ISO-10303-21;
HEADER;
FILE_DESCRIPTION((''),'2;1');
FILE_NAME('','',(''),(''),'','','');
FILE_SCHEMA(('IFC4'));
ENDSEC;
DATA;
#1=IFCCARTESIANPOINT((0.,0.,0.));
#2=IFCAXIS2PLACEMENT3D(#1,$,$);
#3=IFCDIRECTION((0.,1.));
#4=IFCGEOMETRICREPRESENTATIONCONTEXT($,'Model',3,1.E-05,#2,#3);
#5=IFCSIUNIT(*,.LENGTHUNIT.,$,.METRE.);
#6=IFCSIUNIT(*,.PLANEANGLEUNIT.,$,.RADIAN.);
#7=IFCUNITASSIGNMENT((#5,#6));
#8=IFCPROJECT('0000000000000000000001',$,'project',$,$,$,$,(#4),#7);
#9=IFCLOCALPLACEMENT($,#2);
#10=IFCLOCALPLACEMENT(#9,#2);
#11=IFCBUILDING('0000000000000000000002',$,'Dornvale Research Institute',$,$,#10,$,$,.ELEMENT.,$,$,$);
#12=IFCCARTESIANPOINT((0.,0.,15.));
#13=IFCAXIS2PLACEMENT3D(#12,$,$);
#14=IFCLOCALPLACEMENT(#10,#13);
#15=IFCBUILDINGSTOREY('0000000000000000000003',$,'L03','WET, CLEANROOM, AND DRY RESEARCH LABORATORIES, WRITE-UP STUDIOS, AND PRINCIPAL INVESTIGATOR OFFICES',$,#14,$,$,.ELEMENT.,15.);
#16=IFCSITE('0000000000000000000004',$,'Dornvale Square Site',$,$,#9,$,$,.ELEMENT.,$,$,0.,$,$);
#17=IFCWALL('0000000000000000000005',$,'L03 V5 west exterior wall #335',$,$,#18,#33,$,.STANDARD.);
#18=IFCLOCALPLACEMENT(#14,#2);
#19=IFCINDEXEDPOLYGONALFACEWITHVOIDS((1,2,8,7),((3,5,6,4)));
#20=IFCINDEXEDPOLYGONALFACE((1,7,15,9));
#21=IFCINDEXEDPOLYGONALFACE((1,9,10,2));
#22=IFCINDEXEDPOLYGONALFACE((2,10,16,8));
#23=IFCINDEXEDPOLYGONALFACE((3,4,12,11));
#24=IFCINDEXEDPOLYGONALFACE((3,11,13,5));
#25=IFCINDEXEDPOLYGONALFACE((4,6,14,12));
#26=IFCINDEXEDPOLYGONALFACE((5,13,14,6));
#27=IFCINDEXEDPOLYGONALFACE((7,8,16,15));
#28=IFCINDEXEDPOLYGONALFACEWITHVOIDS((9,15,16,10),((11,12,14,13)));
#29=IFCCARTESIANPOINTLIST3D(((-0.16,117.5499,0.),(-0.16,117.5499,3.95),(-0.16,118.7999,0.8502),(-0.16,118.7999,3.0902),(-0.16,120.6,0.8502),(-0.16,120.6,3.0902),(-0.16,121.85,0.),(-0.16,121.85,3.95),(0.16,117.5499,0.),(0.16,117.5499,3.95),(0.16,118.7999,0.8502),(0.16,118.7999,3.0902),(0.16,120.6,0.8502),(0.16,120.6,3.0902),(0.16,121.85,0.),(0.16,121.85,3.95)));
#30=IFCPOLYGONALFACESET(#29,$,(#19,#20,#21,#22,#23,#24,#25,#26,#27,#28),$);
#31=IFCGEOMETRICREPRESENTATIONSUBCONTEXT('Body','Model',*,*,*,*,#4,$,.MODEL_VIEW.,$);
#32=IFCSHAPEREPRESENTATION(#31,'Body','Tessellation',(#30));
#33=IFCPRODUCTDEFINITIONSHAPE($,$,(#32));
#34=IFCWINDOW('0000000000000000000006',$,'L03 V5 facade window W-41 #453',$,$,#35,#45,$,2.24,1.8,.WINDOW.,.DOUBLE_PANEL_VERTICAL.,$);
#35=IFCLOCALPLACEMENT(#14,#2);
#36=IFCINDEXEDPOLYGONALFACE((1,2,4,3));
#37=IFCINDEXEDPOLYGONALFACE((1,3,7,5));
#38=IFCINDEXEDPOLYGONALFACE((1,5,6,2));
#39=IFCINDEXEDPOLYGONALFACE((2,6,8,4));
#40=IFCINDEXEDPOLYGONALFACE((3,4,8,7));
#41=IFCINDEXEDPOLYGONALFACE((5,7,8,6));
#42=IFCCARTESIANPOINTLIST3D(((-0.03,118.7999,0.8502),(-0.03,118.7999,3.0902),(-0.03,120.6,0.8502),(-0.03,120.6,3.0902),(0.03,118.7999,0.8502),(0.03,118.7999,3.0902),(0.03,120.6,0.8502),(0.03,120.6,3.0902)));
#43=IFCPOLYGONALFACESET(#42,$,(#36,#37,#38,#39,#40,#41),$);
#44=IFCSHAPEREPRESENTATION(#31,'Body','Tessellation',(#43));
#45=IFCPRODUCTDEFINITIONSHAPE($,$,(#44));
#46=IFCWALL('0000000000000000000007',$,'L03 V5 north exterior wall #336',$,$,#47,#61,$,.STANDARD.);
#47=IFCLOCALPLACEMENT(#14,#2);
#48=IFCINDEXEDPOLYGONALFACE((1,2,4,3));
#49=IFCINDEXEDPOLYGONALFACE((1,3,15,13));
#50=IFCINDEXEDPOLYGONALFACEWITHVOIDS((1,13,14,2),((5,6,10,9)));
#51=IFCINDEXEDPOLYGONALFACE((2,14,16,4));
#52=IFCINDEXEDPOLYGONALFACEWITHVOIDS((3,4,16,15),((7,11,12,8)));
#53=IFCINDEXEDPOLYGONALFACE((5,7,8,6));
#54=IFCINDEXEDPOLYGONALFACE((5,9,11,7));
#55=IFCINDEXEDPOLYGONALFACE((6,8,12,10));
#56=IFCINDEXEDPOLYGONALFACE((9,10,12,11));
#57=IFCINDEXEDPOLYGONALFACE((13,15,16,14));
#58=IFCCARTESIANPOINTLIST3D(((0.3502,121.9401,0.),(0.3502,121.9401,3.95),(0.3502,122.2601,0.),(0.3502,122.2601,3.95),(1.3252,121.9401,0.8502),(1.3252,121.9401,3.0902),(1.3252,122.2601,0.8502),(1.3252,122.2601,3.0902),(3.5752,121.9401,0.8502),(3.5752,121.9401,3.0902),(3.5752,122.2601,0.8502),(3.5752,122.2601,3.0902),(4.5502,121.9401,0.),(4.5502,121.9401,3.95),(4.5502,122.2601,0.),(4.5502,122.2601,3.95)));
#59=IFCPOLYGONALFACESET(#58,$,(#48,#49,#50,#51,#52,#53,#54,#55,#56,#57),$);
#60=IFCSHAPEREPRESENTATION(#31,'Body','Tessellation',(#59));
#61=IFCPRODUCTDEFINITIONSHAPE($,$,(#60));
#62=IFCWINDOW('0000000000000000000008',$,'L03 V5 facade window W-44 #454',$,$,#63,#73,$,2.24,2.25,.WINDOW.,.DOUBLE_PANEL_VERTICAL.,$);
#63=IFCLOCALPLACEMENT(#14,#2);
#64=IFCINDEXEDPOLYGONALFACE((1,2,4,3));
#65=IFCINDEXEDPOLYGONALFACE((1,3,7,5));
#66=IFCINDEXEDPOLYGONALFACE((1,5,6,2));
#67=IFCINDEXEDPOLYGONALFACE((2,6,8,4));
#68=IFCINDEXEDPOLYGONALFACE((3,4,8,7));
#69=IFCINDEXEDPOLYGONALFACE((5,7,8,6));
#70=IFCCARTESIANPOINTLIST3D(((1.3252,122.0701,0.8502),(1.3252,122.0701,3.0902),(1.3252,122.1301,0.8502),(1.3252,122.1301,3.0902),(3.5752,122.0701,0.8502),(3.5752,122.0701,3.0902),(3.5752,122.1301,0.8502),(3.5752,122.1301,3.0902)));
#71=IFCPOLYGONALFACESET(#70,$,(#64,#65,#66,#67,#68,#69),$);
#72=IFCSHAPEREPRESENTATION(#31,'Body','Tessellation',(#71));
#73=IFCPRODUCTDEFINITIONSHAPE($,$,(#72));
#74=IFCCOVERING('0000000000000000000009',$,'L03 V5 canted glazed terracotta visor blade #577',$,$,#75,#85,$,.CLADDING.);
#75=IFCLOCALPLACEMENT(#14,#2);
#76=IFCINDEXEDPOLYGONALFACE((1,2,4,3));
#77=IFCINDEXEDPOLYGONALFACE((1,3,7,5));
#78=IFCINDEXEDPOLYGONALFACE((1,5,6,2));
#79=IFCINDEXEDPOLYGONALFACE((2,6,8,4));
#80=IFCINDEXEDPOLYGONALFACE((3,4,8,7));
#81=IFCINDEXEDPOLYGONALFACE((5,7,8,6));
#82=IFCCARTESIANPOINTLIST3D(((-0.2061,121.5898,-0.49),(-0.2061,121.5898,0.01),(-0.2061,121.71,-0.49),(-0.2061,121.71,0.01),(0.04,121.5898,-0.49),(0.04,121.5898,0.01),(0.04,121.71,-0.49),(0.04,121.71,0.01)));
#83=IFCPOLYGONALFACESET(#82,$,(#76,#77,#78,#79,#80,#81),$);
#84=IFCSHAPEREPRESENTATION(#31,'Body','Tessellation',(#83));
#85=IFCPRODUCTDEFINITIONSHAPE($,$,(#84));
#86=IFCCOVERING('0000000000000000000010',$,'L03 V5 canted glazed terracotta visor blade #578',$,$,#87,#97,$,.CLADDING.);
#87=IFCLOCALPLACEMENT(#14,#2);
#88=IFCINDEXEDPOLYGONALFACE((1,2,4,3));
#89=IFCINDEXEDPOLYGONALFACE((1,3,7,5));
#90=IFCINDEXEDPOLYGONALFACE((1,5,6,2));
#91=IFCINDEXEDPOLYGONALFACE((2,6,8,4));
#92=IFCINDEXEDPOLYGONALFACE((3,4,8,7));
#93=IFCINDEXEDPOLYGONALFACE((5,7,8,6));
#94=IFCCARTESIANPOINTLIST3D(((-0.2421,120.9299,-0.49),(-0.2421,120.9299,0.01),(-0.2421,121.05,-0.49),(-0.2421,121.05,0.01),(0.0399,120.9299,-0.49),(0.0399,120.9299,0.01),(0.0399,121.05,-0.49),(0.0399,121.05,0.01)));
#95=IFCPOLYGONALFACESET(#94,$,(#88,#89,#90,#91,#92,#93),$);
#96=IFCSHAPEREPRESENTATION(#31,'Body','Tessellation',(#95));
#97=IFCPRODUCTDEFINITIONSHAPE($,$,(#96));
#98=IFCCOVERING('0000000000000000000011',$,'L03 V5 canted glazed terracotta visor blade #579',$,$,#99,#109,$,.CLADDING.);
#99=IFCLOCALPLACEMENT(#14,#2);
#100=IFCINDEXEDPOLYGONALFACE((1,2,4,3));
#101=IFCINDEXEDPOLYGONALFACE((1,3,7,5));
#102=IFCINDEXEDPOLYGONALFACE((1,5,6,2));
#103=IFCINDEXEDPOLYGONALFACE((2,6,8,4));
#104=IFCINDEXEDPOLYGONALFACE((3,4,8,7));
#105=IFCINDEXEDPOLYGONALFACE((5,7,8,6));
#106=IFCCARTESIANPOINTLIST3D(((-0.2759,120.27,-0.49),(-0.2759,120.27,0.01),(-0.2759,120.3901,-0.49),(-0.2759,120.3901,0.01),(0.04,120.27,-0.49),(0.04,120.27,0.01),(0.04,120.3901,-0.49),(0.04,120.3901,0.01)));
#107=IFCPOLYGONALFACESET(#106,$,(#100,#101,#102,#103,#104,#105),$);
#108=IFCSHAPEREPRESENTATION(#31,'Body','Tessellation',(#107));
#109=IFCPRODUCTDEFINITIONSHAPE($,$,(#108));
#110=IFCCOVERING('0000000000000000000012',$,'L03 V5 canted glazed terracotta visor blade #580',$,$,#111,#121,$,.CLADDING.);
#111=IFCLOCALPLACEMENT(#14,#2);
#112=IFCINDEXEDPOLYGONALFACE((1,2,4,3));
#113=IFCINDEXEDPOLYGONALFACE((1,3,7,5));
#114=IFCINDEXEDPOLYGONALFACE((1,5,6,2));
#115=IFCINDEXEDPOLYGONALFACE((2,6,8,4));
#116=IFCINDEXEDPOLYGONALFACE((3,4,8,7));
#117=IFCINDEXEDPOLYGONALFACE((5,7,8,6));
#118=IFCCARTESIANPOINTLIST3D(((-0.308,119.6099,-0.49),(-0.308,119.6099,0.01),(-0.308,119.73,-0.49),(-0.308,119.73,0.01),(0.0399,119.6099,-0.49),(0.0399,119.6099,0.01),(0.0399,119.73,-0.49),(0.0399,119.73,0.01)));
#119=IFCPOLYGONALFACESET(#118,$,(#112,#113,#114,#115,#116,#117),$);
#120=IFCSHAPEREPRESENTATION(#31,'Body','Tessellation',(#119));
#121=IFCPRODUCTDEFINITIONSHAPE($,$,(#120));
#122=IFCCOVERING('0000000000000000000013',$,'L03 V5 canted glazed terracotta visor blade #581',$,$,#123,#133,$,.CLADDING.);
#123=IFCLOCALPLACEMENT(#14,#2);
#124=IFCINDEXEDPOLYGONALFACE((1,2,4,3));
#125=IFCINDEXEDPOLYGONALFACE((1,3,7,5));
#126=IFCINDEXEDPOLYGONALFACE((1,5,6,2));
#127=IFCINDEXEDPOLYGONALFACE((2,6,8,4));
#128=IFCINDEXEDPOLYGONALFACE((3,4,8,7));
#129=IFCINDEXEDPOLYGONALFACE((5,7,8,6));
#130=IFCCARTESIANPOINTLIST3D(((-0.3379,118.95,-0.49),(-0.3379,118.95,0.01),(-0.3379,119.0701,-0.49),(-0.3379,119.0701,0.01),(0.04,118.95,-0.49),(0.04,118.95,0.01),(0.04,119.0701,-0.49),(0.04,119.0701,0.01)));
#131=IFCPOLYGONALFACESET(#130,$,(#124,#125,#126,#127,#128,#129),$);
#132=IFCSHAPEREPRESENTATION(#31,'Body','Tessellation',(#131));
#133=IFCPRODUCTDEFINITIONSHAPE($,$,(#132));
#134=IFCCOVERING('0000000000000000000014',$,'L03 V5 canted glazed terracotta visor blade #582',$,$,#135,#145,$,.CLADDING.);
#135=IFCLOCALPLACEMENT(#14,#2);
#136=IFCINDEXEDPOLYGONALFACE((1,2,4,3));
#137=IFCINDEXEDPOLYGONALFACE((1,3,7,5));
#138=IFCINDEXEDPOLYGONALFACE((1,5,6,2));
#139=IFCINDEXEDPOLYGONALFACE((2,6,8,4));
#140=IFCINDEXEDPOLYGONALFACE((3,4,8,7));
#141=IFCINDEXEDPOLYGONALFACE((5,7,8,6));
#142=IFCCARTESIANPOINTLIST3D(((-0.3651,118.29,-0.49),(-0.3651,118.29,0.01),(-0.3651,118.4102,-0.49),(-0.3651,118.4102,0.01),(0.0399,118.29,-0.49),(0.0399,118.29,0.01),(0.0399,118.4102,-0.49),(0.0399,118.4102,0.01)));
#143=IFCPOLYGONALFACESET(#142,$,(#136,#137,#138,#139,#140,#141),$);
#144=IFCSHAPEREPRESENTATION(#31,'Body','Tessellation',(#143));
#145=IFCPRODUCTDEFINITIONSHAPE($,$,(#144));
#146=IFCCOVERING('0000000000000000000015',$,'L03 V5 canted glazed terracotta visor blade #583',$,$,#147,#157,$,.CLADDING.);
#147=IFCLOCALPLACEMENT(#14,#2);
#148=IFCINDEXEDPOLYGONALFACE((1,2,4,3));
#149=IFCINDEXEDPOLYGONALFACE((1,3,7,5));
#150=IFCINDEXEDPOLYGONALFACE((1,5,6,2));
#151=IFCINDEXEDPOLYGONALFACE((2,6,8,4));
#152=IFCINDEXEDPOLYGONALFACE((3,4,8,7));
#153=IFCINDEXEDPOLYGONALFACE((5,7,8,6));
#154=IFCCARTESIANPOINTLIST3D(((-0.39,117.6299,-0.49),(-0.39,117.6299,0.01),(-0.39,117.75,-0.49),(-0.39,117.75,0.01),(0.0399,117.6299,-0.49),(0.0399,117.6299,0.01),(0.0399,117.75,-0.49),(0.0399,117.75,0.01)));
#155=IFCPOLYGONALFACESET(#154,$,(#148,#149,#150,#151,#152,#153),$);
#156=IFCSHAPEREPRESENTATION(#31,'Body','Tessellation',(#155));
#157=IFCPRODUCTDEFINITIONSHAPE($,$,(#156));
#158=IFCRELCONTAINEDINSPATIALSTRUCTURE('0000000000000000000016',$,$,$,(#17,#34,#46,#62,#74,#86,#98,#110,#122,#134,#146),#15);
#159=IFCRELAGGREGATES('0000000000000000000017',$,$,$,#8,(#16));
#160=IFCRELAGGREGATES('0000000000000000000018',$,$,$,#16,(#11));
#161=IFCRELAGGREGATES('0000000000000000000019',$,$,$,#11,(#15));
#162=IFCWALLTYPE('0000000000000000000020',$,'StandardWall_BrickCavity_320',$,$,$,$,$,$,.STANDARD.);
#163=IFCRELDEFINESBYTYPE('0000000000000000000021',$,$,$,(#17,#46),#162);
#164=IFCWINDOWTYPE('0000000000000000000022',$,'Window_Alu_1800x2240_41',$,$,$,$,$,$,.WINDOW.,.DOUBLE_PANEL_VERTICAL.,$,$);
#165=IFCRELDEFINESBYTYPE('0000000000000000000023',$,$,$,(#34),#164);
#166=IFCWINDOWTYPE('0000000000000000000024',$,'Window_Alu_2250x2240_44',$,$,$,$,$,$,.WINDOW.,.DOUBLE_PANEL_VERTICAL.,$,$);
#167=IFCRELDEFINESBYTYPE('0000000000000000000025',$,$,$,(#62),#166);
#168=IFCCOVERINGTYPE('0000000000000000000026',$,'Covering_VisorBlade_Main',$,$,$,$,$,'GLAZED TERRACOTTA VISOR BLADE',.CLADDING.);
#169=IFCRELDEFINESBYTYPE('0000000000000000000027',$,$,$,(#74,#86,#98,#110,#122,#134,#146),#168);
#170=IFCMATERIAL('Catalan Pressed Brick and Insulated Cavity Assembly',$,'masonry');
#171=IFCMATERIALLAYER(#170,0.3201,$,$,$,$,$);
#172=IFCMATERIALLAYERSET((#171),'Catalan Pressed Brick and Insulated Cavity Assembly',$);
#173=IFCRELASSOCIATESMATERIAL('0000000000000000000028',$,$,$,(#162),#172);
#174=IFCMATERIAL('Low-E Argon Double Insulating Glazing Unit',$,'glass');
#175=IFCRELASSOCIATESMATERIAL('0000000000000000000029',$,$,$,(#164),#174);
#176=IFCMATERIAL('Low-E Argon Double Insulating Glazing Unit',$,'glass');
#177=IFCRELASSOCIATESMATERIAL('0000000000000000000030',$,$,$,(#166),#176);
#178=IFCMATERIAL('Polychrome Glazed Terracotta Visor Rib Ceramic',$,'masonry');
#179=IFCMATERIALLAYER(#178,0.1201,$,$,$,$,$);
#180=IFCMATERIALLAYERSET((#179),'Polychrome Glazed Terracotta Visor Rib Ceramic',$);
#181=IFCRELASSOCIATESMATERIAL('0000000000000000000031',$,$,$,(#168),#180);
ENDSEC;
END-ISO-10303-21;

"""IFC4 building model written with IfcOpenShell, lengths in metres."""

from ifc_helpers import new_model, si_unit, direction, frame, frame_2d, origin, origin_2d, place, context, subcontext, project, spatial, rectangle, extrude, material, layer, layer_set, type_object, element, fill, save


model = new_model("IFC4")

# Units and contexts
model_context = context("Model", 3, precision=1e-05, world=origin(), true_north=direction((0.0, 1.0)))
body_context = subcontext(model_context, "Body", "Model", "MODEL_VIEW")
ifc_project = project(units=[si_unit("LENGTHUNIT", "METRE"), si_unit("PLANEANGLEUNIT", "RADIAN")], contexts=[model_context])

# Site, building, storey
site_placement = place(None, origin())
site = spatial("IfcSite", under=ifc_project, at=site_placement, Name="Dornvale Square Site", CompositionType="ELEMENT", RefElevation=0.0)
building_placement = place(site_placement, origin())
building = spatial("IfcBuilding", under=site, at=building_placement, Name="Dornvale Research Institute", CompositionType="ELEMENT")
storey_placement = place(building_placement, frame((0.0, 0.0, 15.0)))
storey = spatial("IfcBuildingStorey", under=building, at=storey_placement, Name="L03", Description="WET, CLEANROOM, AND DRY RESEARCH LABORATORIES, WRITE-UP STUDIOS, AND PRINCIPAL INVESTIGATOR OFFICES", CompositionType="ELEMENT", Elevation=15.0)

# Walls, openings, windows
ifc_material_1 = material(Name="Catalan Pressed Brick and Insulated Cavity Assembly", Category="masonry")
ifc_layer_1 = layer(ifc_material_1, 0.3201)
ifc_layer_set_1 = layer_set([ifc_layer_1], Name="Catalan Pressed Brick and Insulated Cavity Assembly")
wall_type_1 = type_object("IfcWallType", Name="StandardWall_BrickCavity_320", PredefinedType="STANDARD", material=ifc_layer_set_1)
wall_1_placement = place(storey_placement, frame((0.0, 117.55, 0.0), z_axis=(0.0, 0.0, 1.0), x_axis=(0.0, 1.0, 0.0)))
wall_1 = element("IfcWall", 1, at=wall_1_placement, inside=storey, type_object=wall_type_1, Name="L03 V5 west exterior wall #335", PredefinedType="STANDARD", context=body_context, shape_type="SweptSolid", body=[
    extrude(rectangle(XDim=4.3, YDim=0.3201, at=frame_2d((2.1499, 0.0))), origin(), (0.0, 0.0, 1.0), 3.95),
])
opening_1_placement = place(wall_1_placement, frame((1.25, 0.0, 0.8501)))
opening_1 = element("IfcOpeningElement", 2, at=opening_1_placement, cuts=wall_1, PredefinedType="OPENING", context=body_context, shape_type="SweptSolid", body=[
    extrude(rectangle(XDim=1.8, YDim=2.24, at=frame_2d((0.8999, 1.1201))), frame((0.0, 0.175, 0.0), z_axis=(0.0, -1.0, 0.0), x_axis=(1.0, 0.0, 0.0)), (0.0, 0.0, 1.0), 0.3501),
])
ifc_material_2 = material(Name="Low-E Argon Double Insulating Glazing Unit", Category="glass")
window_type_1 = type_object("IfcWindowType", Name="Window_Alu_1800x2240_41", PartitioningType="DOUBLE_PANEL_VERTICAL", PredefinedType="WINDOW", material=ifc_material_2)
window_1_placement = place(opening_1_placement, origin())
window_1 = element("IfcWindow", 3, at=window_1_placement, inside=storey, type_object=window_type_1, Name="L03 V5 facade window W-41 #453", OverallHeight=2.24, OverallWidth=1.8, PartitioningType="DOUBLE_PANEL_VERTICAL", PredefinedType="WINDOW", context=body_context, shape_type="SweptSolid", body=[
    extrude(rectangle(XDim=1.8, YDim=2.24, at=frame_2d((0.8999, 1.1201))), frame((0.0, 0.03, 0.0), z_axis=(0.0, -1.0, 0.0), x_axis=(1.0, 0.0, 0.0)), (0.0, 0.0, 1.0), 0.0601),
])
fill(opening_1, window_1)
wall_2_placement = place(storey_placement, frame((0.3501, 122.1001, 0.0), z_axis=(0.0, 0.0, 1.0), x_axis=(1.0, 0.0, 0.0)))
wall_2 = element("IfcWall", 4, at=wall_2_placement, inside=storey, type_object=wall_type_1, Name="L03 V5 north exterior wall #336", PredefinedType="STANDARD", context=body_context, shape_type="SweptSolid", body=[
    extrude(rectangle(XDim=4.2, YDim=0.3201, at=frame_2d((2.1001, 0.0))), origin(), (0.0, 0.0, 1.0), 3.95),
])
opening_2_placement = place(wall_2_placement, frame((0.9751, 0.0, 0.8501)))
opening_2 = element("IfcOpeningElement", 5, at=opening_2_placement, cuts=wall_2, PredefinedType="OPENING", context=body_context, shape_type="SweptSolid", body=[
    extrude(rectangle(XDim=2.25, YDim=2.24, at=frame_2d((1.125, 1.1201))), frame((0.0, 0.175, 0.0), z_axis=(0.0, -1.0, 0.0), x_axis=(1.0, 0.0, 0.0)), (0.0, 0.0, 1.0), 0.3501),
])
ifc_material_3 = material(Name="Low-E Argon Double Insulating Glazing Unit", Category="glass")
window_type_2 = type_object("IfcWindowType", Name="Window_Alu_2250x2240_44", PartitioningType="DOUBLE_PANEL_VERTICAL", PredefinedType="WINDOW", material=ifc_material_3)
window_2_placement = place(opening_2_placement, origin())
window_2 = element("IfcWindow", 6, at=window_2_placement, inside=storey, type_object=window_type_2, Name="L03 V5 facade window W-44 #454", OverallHeight=2.24, OverallWidth=2.25, PartitioningType="DOUBLE_PANEL_VERTICAL", PredefinedType="WINDOW", context=body_context, shape_type="SweptSolid", body=[
    extrude(rectangle(XDim=2.25, YDim=2.24, at=frame_2d((1.125, 1.1201))), frame((0.0, 0.03, 0.0), z_axis=(0.0, -1.0, 0.0), x_axis=(1.0, 0.0, 0.0)), (0.0, 0.0, 1.0), 0.0601),
])
fill(opening_2, window_2)

# Coverings
ifc_material_4 = material(Name="Polychrome Glazed Terracotta Visor Rib Ceramic", Category="masonry")
ifc_layer_2 = layer(ifc_material_4, 0.1201)
ifc_layer_set_2 = layer_set([ifc_layer_2], Name="Polychrome Glazed Terracotta Visor Rib Ceramic")
covering_type = type_object("IfcCoveringType", Name="Covering_VisorBlade_Main", ElementType="GLAZED TERRACOTTA VISOR BLADE", PredefinedType="CLADDING", material=ifc_layer_set_2)
covering_1_placement = place(storey_placement, frame((-0.083, 121.6499, -0.49), z_axis=(0.0, 0.0, 1.0), x_axis=(1.0, 0.0, 0.0)))
element("IfcCovering", 7, at=covering_1_placement, inside=storey, type_object=covering_type, Name="L03 V5 canted glazed terracotta visor blade #577", PredefinedType="CLADDING", context=body_context, shape_type="SweptSolid", body=[
    extrude(rectangle(XDim=0.2461, YDim=0.1201, at=origin_2d()), origin(), (0.0, 0.0, 1.0), 0.5),
])
covering_2_placement = place(storey_placement, frame((-0.1011, 120.99, -0.49), z_axis=(0.0, 0.0, 1.0), x_axis=(1.0, 0.0, 0.0)))
element("IfcCovering", 8, at=covering_2_placement, inside=storey, type_object=covering_type, Name="L03 V5 canted glazed terracotta visor blade #578", PredefinedType="CLADDING", context=body_context, shape_type="SweptSolid", body=[
    extrude(rectangle(XDim=0.282, YDim=0.1201, at=origin_2d()), origin(), (0.0, 0.0, 1.0), 0.5),
])
covering_3_placement = place(storey_placement, frame((-0.1179, 120.3301, -0.49), z_axis=(0.0, 0.0, 1.0), x_axis=(1.0, 0.0, 0.0)))
element("IfcCovering", 9, at=covering_3_placement, inside=storey, type_object=covering_type, Name="L03 V5 canted glazed terracotta visor blade #579", PredefinedType="CLADDING", context=body_context, shape_type="SweptSolid", body=[
    extrude(rectangle(XDim=0.3159, YDim=0.1201, at=origin_2d()), origin(), (0.0, 0.0, 1.0), 0.5),
])
covering_4_placement = place(storey_placement, frame((-0.134, 119.6699, -0.49), z_axis=(0.0, 0.0, 1.0), x_axis=(1.0, 0.0, 0.0)))
element("IfcCovering", 10, at=covering_4_placement, inside=storey, type_object=covering_type, Name="L03 V5 canted glazed terracotta visor blade #580", PredefinedType="CLADDING", context=body_context, shape_type="SweptSolid", body=[
    extrude(rectangle(XDim=0.3479, YDim=0.1201, at=origin_2d()), origin(), (0.0, 0.0, 1.0), 0.5),
])
covering_5_placement = place(storey_placement, frame((-0.1489, 119.01, -0.49), z_axis=(0.0, 0.0, 1.0), x_axis=(1.0, 0.0, 0.0)))
element("IfcCovering", 11, at=covering_5_placement, inside=storey, type_object=covering_type, Name="L03 V5 canted glazed terracotta visor blade #581", PredefinedType="CLADDING", context=body_context, shape_type="SweptSolid", body=[
    extrude(rectangle(XDim=0.3779, YDim=0.1201, at=origin_2d()), origin(), (0.0, 0.0, 1.0), 0.5),
])
covering_6_placement = place(storey_placement, frame((-0.1626, 118.3501, -0.49), z_axis=(0.0, 0.0, 1.0), x_axis=(1.0, 0.0, 0.0)))
element("IfcCovering", 12, at=covering_6_placement, inside=storey, type_object=covering_type, Name="L03 V5 canted glazed terracotta visor blade #582", PredefinedType="CLADDING", context=body_context, shape_type="SweptSolid", body=[
    extrude(rectangle(XDim=0.405, YDim=0.1201, at=origin_2d()), origin(), (0.0, 0.0, 1.0), 0.5),
])
covering_7_placement = place(storey_placement, frame((-0.175, 117.6899, -0.49), z_axis=(0.0, 0.0, 1.0), x_axis=(1.0, 0.0, 0.0)))
element("IfcCovering", 13, at=covering_7_placement, inside=storey, type_object=covering_type, Name="L03 V5 canted glazed terracotta visor blade #583", PredefinedType="CLADDING", context=body_context, shape_type="SweptSolid", body=[
    extrude(rectangle(XDim=0.4299, YDim=0.1201, at=origin_2d()), origin(), (0.0, 0.0, 1.0), 0.5),
])

save(model, "model.ifc")
